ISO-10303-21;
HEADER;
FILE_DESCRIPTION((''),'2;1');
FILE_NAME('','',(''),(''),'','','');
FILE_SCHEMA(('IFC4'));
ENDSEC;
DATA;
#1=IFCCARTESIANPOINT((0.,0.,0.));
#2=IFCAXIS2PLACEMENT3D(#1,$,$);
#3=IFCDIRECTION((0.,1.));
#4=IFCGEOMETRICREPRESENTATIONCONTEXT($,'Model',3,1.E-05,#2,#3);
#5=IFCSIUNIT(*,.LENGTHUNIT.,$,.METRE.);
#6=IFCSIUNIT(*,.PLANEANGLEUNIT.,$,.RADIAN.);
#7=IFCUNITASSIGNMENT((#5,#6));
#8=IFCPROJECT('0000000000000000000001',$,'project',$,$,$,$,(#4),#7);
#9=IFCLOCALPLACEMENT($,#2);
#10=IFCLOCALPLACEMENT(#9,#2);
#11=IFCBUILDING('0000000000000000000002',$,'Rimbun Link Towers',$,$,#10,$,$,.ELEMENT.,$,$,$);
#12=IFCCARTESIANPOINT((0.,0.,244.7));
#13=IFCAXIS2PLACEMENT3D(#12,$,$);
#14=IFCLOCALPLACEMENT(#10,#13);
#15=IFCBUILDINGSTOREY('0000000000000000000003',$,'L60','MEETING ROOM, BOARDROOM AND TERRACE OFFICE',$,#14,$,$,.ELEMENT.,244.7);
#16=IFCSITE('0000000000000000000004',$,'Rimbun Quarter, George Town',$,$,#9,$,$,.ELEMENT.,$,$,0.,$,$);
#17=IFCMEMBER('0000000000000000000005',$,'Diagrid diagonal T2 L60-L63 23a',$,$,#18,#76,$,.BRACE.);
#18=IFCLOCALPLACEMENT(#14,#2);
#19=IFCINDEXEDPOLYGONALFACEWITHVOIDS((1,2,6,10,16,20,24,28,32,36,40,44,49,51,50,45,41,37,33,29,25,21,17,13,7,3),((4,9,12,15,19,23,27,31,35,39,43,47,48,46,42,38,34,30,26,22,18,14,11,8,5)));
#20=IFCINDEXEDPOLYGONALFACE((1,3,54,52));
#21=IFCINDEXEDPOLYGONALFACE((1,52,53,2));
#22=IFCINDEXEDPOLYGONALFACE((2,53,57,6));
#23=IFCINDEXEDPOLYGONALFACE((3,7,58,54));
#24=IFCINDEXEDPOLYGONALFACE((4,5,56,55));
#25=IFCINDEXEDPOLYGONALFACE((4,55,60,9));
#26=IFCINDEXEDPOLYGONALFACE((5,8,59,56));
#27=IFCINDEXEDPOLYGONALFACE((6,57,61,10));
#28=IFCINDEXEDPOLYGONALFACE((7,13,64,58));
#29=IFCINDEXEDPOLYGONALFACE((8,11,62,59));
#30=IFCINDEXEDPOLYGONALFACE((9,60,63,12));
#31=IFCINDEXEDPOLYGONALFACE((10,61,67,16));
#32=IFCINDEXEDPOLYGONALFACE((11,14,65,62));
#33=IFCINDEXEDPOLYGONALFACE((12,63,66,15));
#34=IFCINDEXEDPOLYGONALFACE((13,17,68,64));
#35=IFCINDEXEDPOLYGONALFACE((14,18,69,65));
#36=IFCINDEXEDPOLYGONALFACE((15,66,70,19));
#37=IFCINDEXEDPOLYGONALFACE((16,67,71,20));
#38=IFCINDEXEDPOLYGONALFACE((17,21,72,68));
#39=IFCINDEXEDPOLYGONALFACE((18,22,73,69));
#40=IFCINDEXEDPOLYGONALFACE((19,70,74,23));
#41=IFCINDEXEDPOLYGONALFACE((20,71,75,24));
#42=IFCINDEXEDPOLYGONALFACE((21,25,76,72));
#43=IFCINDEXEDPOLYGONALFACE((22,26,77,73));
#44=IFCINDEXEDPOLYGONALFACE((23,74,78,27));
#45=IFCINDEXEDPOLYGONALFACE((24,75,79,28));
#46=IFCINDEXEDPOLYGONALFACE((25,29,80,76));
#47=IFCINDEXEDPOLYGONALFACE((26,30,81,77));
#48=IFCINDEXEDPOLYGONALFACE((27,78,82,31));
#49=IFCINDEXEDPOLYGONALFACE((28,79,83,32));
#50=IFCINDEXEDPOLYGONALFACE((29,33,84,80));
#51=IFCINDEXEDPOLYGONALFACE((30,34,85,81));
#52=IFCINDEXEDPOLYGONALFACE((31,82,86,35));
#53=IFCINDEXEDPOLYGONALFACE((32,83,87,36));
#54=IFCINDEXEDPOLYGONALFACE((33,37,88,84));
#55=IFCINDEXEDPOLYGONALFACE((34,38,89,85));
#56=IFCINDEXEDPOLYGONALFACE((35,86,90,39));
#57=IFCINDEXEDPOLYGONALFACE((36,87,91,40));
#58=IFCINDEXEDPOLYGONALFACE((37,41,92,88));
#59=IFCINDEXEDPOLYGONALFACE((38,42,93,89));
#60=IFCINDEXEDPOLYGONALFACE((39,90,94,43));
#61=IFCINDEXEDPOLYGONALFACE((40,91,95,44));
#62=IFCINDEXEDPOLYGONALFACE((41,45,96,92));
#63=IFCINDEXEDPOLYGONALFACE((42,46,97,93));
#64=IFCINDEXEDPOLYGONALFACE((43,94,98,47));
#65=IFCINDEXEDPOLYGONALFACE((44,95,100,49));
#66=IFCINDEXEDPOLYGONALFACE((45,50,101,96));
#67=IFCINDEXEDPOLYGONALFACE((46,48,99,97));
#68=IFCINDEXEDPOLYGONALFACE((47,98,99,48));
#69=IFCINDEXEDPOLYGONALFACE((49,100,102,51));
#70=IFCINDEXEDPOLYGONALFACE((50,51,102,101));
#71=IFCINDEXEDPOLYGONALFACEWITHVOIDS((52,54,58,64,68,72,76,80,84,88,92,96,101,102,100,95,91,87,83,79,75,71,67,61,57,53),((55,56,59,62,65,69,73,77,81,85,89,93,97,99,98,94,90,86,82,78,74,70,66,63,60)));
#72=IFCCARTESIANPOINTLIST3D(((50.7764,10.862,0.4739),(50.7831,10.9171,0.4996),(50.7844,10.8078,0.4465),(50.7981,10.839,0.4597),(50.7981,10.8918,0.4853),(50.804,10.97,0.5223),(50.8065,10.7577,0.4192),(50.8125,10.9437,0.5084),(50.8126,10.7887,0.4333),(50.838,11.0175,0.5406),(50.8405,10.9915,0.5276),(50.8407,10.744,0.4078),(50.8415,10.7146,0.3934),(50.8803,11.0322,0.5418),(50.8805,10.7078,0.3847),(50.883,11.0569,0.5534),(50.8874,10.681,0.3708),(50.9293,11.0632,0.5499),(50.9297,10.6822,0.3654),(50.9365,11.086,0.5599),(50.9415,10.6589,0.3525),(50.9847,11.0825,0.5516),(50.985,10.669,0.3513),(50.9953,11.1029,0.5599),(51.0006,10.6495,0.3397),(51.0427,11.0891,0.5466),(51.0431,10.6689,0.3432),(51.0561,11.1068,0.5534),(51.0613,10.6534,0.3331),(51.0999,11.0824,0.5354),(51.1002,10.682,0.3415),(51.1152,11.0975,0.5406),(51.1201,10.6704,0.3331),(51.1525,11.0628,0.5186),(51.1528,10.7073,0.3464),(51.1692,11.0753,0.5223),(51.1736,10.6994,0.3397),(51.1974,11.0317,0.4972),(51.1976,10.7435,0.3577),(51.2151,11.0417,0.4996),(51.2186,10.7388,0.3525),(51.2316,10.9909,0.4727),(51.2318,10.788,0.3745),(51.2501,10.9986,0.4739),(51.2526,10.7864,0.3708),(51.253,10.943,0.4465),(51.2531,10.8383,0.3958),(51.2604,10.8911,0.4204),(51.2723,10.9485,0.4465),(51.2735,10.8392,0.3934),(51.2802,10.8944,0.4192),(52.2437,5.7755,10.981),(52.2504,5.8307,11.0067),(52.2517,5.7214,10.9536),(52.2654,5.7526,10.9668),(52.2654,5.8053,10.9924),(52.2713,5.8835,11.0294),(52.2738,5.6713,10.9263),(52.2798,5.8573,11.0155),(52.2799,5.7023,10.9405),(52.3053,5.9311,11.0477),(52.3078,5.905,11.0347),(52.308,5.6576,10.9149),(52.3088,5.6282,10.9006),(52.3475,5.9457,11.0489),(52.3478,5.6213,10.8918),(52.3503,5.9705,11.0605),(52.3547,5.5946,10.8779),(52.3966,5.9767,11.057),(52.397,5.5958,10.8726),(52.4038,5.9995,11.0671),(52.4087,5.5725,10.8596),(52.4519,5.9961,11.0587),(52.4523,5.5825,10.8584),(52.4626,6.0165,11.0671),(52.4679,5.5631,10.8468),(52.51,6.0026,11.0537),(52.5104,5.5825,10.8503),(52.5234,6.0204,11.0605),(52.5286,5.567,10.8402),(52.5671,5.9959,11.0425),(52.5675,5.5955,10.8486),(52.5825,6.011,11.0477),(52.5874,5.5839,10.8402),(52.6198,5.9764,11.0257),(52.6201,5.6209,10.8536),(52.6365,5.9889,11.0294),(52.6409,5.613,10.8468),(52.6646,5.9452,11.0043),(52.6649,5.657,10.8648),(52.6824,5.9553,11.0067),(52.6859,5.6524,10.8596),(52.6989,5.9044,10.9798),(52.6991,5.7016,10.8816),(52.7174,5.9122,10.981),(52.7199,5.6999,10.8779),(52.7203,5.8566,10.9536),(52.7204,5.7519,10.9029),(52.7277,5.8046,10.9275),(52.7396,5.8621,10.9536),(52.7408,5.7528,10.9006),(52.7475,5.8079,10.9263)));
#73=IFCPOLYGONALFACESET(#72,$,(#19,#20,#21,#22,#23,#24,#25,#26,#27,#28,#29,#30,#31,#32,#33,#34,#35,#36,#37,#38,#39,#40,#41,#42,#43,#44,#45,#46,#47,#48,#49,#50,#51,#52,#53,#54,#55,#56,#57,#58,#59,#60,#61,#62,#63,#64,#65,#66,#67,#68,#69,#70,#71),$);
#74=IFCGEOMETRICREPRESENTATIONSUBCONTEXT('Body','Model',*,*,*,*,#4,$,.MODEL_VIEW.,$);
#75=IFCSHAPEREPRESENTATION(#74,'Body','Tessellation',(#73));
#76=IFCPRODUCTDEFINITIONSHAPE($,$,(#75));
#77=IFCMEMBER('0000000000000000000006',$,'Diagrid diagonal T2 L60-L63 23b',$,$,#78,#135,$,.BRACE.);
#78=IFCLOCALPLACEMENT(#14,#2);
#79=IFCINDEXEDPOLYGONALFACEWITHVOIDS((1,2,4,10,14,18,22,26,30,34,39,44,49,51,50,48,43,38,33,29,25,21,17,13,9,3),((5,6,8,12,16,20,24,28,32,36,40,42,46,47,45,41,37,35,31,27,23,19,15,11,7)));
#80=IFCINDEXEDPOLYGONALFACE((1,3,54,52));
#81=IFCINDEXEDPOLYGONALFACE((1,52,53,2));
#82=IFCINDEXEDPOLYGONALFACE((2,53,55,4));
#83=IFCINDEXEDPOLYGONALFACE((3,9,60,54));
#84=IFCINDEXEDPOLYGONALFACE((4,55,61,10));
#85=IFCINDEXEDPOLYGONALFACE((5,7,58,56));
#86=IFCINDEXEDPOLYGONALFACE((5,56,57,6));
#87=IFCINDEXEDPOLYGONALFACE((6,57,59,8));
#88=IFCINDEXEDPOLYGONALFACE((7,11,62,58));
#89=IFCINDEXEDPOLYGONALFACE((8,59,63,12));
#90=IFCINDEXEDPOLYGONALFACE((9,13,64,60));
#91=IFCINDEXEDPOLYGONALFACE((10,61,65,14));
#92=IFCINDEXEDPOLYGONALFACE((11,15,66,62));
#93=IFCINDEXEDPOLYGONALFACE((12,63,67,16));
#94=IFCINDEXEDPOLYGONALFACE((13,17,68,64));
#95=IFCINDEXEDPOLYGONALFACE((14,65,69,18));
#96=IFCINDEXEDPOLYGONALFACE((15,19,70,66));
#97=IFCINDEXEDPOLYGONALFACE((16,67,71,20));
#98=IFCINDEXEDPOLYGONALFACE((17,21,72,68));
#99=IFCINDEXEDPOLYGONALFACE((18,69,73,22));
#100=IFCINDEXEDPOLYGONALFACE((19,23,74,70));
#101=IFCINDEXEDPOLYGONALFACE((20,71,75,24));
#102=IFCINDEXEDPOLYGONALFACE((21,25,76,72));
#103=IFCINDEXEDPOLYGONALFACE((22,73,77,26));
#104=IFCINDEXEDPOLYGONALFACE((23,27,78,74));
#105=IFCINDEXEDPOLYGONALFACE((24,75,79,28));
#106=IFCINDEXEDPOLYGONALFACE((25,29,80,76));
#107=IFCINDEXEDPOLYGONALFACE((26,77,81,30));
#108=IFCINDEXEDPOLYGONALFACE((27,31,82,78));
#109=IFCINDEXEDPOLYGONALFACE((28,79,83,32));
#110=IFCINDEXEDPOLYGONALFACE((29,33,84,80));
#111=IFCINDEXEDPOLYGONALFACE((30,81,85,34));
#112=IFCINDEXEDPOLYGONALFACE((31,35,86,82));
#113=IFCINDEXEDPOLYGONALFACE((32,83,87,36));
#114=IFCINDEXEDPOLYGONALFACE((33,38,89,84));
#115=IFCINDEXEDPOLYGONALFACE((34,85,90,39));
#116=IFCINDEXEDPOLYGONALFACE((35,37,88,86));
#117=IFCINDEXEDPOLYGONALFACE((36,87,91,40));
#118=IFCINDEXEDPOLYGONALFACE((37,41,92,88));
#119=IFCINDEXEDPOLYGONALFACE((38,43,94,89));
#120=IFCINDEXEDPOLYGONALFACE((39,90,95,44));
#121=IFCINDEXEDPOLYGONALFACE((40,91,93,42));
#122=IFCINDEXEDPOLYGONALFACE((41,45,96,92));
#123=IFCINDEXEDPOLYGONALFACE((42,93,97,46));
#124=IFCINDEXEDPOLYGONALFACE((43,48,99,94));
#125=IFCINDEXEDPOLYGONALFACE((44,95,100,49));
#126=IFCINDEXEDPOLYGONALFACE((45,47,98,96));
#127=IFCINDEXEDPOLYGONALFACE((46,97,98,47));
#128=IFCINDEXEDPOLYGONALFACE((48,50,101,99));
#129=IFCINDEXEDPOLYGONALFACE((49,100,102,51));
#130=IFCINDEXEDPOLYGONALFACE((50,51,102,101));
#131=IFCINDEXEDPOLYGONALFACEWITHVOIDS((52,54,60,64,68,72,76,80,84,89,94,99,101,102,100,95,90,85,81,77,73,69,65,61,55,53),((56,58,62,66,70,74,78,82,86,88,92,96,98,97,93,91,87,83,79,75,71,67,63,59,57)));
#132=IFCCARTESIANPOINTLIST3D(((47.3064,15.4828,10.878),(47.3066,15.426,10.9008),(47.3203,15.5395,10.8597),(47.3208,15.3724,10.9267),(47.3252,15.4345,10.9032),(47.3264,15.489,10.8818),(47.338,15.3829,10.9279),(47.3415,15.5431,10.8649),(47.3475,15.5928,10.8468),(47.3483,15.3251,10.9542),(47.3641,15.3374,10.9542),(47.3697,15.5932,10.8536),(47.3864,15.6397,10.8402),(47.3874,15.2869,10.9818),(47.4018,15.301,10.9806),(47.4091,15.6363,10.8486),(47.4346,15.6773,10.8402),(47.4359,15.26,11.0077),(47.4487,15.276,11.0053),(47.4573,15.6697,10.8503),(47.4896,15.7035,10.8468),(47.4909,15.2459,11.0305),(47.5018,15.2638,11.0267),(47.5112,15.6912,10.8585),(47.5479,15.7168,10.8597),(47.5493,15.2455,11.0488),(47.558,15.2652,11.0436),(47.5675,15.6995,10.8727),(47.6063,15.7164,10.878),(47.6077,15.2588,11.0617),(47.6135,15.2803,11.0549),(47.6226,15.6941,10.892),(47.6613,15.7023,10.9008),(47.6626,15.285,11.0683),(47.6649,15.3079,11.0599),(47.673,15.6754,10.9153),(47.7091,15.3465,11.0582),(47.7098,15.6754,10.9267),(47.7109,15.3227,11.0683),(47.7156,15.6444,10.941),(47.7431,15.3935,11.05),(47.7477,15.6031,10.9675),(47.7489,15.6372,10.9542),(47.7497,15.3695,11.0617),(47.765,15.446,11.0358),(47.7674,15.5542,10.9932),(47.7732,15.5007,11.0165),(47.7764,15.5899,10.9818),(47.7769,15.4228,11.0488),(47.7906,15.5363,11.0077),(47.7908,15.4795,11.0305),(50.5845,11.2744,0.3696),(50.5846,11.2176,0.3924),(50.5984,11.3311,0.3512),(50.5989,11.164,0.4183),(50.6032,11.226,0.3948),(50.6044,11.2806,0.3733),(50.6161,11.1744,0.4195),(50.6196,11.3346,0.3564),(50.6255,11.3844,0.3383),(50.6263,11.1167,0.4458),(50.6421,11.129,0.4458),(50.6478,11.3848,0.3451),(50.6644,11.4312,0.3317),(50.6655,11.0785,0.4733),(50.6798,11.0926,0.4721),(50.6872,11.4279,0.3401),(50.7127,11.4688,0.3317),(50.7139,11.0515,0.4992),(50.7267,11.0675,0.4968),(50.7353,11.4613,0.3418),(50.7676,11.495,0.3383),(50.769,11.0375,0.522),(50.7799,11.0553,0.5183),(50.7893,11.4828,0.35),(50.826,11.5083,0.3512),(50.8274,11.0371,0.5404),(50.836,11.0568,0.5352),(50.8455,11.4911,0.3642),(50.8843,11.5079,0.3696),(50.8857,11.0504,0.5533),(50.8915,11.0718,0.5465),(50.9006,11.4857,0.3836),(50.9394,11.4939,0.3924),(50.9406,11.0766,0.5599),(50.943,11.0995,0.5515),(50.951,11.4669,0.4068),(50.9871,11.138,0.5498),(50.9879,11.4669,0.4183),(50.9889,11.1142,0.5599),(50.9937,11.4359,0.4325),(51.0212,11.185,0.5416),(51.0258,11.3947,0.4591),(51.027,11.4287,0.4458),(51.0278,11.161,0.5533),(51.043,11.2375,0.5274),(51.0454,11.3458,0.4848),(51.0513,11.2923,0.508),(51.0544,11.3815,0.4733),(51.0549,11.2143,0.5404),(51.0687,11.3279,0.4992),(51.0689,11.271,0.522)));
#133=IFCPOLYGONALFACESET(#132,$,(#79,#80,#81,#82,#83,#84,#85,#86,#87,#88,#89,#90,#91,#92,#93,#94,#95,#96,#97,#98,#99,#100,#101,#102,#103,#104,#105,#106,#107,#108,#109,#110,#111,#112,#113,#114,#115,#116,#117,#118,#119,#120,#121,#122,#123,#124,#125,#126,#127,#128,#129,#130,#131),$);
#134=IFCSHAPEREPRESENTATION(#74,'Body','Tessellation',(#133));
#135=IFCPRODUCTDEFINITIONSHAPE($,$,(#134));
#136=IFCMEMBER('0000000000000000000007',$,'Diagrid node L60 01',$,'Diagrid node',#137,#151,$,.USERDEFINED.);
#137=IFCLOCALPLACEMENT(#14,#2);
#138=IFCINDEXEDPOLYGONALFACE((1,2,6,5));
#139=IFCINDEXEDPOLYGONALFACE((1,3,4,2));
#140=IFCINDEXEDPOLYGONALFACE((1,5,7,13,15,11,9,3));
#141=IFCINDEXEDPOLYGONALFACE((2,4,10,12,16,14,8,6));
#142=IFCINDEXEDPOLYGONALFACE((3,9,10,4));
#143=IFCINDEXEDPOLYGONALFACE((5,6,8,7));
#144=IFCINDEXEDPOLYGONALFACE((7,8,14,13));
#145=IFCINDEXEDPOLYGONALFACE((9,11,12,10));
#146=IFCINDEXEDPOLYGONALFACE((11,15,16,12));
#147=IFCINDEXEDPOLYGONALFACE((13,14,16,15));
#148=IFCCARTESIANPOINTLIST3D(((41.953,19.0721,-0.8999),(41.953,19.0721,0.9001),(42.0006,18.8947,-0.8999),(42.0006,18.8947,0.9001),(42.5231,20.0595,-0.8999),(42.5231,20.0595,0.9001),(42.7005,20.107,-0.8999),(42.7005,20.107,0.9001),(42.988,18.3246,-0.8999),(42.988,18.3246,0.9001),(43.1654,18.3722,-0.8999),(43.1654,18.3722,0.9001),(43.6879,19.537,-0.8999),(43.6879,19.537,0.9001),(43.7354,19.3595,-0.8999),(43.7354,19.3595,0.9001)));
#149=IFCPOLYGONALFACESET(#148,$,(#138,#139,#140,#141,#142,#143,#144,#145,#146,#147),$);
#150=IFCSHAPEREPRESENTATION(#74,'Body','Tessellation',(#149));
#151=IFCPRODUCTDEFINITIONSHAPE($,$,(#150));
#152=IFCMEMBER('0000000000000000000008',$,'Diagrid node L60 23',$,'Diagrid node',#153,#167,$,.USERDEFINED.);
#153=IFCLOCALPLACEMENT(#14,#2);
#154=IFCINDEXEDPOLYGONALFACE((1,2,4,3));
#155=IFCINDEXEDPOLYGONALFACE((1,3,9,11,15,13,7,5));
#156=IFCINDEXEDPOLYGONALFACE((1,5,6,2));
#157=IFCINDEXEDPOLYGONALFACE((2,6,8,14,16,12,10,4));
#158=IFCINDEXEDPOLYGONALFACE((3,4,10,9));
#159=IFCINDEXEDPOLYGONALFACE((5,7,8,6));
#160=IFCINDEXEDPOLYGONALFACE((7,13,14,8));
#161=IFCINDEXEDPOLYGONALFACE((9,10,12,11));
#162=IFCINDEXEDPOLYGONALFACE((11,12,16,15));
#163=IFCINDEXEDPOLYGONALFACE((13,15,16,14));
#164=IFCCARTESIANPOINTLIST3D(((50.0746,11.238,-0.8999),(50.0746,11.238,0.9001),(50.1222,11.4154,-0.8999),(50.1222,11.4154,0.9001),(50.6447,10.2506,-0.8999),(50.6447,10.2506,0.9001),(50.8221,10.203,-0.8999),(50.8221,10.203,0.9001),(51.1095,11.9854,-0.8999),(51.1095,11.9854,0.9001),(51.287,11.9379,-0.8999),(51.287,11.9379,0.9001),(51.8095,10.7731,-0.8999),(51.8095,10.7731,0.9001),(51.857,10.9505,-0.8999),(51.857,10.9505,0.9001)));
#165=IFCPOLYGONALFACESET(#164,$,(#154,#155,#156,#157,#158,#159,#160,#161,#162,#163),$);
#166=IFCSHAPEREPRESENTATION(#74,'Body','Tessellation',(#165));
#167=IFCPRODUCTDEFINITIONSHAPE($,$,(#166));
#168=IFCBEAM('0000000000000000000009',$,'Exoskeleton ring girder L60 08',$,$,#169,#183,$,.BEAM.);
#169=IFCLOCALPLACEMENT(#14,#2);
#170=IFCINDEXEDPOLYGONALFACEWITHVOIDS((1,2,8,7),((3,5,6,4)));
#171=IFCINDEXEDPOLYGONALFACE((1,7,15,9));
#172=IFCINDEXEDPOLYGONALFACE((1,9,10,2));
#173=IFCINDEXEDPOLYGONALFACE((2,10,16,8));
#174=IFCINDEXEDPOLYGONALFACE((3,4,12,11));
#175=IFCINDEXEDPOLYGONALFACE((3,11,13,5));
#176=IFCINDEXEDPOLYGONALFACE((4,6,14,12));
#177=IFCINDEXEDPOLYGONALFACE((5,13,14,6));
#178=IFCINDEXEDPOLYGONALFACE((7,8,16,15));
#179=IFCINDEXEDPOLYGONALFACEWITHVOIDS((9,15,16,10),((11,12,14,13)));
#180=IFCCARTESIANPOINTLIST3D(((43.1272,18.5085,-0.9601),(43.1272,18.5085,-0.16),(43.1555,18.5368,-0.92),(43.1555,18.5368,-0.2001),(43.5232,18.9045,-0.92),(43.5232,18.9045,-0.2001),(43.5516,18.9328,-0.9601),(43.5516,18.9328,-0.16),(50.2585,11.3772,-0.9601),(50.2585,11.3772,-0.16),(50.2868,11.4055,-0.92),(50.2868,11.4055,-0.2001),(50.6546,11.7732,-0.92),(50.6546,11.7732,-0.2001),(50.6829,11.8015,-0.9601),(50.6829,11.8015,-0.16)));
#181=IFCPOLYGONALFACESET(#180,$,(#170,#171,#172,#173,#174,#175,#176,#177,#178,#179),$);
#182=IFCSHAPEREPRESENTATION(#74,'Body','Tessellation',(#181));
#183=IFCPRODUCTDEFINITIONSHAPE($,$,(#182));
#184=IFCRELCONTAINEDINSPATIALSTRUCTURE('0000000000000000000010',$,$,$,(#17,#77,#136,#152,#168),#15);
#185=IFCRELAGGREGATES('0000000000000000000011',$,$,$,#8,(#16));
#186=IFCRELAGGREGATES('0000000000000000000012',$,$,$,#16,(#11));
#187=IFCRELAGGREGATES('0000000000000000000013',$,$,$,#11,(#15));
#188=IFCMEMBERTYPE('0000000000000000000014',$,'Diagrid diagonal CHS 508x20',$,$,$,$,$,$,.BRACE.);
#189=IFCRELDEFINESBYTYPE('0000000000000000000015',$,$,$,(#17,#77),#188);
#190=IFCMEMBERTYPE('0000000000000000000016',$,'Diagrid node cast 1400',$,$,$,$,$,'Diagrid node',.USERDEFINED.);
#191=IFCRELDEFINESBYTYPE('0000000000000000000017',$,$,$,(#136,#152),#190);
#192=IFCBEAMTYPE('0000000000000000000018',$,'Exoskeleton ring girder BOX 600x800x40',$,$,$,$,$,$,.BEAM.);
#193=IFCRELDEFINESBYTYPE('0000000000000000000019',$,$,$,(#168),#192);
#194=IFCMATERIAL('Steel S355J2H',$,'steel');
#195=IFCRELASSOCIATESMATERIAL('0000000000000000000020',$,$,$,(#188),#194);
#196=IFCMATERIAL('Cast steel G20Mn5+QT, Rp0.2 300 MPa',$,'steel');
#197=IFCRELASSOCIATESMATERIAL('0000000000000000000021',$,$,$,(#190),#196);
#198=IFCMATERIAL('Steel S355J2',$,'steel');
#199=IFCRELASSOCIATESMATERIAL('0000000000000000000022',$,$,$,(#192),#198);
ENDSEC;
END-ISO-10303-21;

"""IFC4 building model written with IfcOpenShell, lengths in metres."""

from ifc_helpers import new_model, si_unit, direction, frame, origin, origin_2d, place, context, subcontext, project, spatial, polyline, hollow_rectangle, hollow_circle, outline, extrude, material, material_profile, profile_set, type_object, element, save


model = new_model("IFC4")

# Units and contexts
model_context = context("Model", 3, precision=1e-05, world=origin(), true_north=direction((0.0, 1.0)))
body_context = subcontext(model_context, "Body", "Model", "MODEL_VIEW")
ifc_project = project(units=[si_unit("LENGTHUNIT", "METRE"), si_unit("PLANEANGLEUNIT", "RADIAN")], contexts=[model_context])

# Site, building, storey
site_placement = place(None, origin())
site = spatial("IfcSite", under=ifc_project, at=site_placement, Name="Rimbun Quarter, George Town", CompositionType="ELEMENT", RefElevation=0.0)
building_placement = place(site_placement, origin())
building = spatial("IfcBuilding", under=site, at=building_placement, Name="Rimbun Link Towers", CompositionType="ELEMENT")
storey_placement = place(building_placement, frame((0.0, 0.0, 244.7)))
storey = spatial("IfcBuildingStorey", under=building, at=storey_placement, Name="L60", Description="MEETING ROOM, BOARDROOM AND TERRACE OFFICE", CompositionType="ELEMENT", Elevation=244.7)

# Members
ifc_material_1 = material(Name="Steel S355J2H", Category="steel")
ifc_material_profile_1 = material_profile(ifc_material_1, hollow_circle(Radius=0.2539, WallThickness=0.02, at=origin_2d()), Name="Diagrid diagonal CHS 508x20")
ifc_profile_set_1 = profile_set([ifc_material_profile_1], Name="Steel S355J2H")
member_type_1 = type_object("IfcMemberType", Name="Diagrid diagonal CHS 508x20", PredefinedType="BRACE", material=ifc_profile_set_1)
for number, where, z_axis, x_axis, name in (
    (1, (51.0283, 10.8782, 0.4465), (0.124712, -0.432323, 0.893053), (0.960821, 0.277169, 0.0), "Diagrid diagonal T2 L60-L63 23a"),
):
    element("IfcMember", number, at=place(storey_placement, frame(where, z_axis=z_axis, x_axis=x_axis)), inside=storey, type_object=member_type_1, Name=name, PredefinedType="BRACE", context=body_context, shape_type="SweptSolid", body=[
        extrude(hollow_circle(Radius=0.2539, WallThickness=0.02, at=origin_2d()), origin(), (0.0, 0.0, 1.0), 11.7654),
    ])
member_1_placement = place(storey_placement, frame((50.8267, 11.2727, 0.4458), z_axis=(-0.278156, 0.357105, 0.891687), x_axis=(-0.788916, -0.614501, 0.0)))
element("IfcMember", 2, at=member_1_placement, inside=storey, type_object=member_type_1, Name="Diagrid diagonal T2 L60-L63 23b", PredefinedType="BRACE", context=body_context, shape_type="SweptSolid", body=[
    extrude(hollow_circle(Radius=0.2539, WallThickness=0.02, at=origin_2d()), origin(), (0.0, 0.0, 1.0), 11.7849),
])
ifc_material_2 = material(Name="Cast steel G20Mn5+QT, Rp0.2 300 MPa", Category="steel")
ifc_material_profile_2 = material_profile(ifc_material_2, outline(polyline([(0.7, -0.5701), (0.7, 0.5701), (0.5701, 0.7), (-0.5701, 0.7), (-0.7, 0.5701), (-0.7, -0.5701), (-0.5701, -0.7), (0.5701, -0.7), (0.7, -0.5701)])), Name="NODE 1400x1400")
ifc_profile_set_2 = profile_set([ifc_material_profile_2], Name="Cast steel G20Mn5+QT, Rp0.2 300 MPa")
member_type_2 = type_object("IfcMemberType", Name="Diagrid node cast 1400", ElementType="Diagrid node", PredefinedType="USERDEFINED", material=ifc_profile_set_2)
for number, where, z_axis, x_axis, name in (
    (3, (42.8442, 19.2158, -0.8999), (0.0, 0.0, 1.0), (0.5, 0.866025, 0.0), "Diagrid node L60 01"),
    (4, (50.9658, 11.0942, -0.8999), (0.0, 0.0, 1.0), (0.866025, 0.5, 0.0), "Diagrid node L60 23"),
):
    element("IfcMember", number, at=place(storey_placement, frame(where, z_axis=z_axis, x_axis=x_axis)), inside=storey, type_object=member_type_2, Name=name, ObjectType="Diagrid node", PredefinedType="USERDEFINED", context=body_context, shape_type="SweptSolid", body=[
        extrude(outline(polyline([(0.7, -0.5701), (0.7, 0.5701), (0.5701, 0.7), (-0.5701, 0.7), (-0.7, 0.5701), (-0.7, -0.5701), (-0.5701, -0.7), (0.5701, -0.7), (0.7, -0.5701)])), origin(), (0.0, 0.0, 1.0), 1.8),
    ])

# Beam
ifc_material_3 = material(Name="Steel S355J2", Category="steel")
ifc_material_profile_3 = material_profile(ifc_material_3, hollow_rectangle(XDim=0.6001, YDim=0.8, WallThickness=0.04, at=origin_2d()), Name="Exoskeleton ring girder BOX 600x800x40")
ifc_profile_set_3 = profile_set([ifc_material_profile_3], Name="Steel S355J2")
beam_type_1 = type_object("IfcBeamType", Name="Exoskeleton ring girder BOX 600x800x40", PredefinedType="BEAM", material=ifc_profile_set_3)
beam_1_placement = place(storey_placement, frame((50.4707, 11.5894, -0.5601), z_axis=(-0.707107, 0.707107, 0.0), x_axis=(-0.707107, -0.707107, 0.0)))
element("IfcBeam", 5, at=beam_1_placement, inside=storey, type_object=beam_type_1, Name="Exoskeleton ring girder L60 08", PredefinedType="BEAM", context=body_context, shape_type="SweptSolid", body=[
    extrude(hollow_rectangle(XDim=0.6001, YDim=0.8, WallThickness=0.04, at=origin_2d()), origin(), (0.0, 0.0, 1.0), 10.0852),
])

save(model, "model.ifc")
